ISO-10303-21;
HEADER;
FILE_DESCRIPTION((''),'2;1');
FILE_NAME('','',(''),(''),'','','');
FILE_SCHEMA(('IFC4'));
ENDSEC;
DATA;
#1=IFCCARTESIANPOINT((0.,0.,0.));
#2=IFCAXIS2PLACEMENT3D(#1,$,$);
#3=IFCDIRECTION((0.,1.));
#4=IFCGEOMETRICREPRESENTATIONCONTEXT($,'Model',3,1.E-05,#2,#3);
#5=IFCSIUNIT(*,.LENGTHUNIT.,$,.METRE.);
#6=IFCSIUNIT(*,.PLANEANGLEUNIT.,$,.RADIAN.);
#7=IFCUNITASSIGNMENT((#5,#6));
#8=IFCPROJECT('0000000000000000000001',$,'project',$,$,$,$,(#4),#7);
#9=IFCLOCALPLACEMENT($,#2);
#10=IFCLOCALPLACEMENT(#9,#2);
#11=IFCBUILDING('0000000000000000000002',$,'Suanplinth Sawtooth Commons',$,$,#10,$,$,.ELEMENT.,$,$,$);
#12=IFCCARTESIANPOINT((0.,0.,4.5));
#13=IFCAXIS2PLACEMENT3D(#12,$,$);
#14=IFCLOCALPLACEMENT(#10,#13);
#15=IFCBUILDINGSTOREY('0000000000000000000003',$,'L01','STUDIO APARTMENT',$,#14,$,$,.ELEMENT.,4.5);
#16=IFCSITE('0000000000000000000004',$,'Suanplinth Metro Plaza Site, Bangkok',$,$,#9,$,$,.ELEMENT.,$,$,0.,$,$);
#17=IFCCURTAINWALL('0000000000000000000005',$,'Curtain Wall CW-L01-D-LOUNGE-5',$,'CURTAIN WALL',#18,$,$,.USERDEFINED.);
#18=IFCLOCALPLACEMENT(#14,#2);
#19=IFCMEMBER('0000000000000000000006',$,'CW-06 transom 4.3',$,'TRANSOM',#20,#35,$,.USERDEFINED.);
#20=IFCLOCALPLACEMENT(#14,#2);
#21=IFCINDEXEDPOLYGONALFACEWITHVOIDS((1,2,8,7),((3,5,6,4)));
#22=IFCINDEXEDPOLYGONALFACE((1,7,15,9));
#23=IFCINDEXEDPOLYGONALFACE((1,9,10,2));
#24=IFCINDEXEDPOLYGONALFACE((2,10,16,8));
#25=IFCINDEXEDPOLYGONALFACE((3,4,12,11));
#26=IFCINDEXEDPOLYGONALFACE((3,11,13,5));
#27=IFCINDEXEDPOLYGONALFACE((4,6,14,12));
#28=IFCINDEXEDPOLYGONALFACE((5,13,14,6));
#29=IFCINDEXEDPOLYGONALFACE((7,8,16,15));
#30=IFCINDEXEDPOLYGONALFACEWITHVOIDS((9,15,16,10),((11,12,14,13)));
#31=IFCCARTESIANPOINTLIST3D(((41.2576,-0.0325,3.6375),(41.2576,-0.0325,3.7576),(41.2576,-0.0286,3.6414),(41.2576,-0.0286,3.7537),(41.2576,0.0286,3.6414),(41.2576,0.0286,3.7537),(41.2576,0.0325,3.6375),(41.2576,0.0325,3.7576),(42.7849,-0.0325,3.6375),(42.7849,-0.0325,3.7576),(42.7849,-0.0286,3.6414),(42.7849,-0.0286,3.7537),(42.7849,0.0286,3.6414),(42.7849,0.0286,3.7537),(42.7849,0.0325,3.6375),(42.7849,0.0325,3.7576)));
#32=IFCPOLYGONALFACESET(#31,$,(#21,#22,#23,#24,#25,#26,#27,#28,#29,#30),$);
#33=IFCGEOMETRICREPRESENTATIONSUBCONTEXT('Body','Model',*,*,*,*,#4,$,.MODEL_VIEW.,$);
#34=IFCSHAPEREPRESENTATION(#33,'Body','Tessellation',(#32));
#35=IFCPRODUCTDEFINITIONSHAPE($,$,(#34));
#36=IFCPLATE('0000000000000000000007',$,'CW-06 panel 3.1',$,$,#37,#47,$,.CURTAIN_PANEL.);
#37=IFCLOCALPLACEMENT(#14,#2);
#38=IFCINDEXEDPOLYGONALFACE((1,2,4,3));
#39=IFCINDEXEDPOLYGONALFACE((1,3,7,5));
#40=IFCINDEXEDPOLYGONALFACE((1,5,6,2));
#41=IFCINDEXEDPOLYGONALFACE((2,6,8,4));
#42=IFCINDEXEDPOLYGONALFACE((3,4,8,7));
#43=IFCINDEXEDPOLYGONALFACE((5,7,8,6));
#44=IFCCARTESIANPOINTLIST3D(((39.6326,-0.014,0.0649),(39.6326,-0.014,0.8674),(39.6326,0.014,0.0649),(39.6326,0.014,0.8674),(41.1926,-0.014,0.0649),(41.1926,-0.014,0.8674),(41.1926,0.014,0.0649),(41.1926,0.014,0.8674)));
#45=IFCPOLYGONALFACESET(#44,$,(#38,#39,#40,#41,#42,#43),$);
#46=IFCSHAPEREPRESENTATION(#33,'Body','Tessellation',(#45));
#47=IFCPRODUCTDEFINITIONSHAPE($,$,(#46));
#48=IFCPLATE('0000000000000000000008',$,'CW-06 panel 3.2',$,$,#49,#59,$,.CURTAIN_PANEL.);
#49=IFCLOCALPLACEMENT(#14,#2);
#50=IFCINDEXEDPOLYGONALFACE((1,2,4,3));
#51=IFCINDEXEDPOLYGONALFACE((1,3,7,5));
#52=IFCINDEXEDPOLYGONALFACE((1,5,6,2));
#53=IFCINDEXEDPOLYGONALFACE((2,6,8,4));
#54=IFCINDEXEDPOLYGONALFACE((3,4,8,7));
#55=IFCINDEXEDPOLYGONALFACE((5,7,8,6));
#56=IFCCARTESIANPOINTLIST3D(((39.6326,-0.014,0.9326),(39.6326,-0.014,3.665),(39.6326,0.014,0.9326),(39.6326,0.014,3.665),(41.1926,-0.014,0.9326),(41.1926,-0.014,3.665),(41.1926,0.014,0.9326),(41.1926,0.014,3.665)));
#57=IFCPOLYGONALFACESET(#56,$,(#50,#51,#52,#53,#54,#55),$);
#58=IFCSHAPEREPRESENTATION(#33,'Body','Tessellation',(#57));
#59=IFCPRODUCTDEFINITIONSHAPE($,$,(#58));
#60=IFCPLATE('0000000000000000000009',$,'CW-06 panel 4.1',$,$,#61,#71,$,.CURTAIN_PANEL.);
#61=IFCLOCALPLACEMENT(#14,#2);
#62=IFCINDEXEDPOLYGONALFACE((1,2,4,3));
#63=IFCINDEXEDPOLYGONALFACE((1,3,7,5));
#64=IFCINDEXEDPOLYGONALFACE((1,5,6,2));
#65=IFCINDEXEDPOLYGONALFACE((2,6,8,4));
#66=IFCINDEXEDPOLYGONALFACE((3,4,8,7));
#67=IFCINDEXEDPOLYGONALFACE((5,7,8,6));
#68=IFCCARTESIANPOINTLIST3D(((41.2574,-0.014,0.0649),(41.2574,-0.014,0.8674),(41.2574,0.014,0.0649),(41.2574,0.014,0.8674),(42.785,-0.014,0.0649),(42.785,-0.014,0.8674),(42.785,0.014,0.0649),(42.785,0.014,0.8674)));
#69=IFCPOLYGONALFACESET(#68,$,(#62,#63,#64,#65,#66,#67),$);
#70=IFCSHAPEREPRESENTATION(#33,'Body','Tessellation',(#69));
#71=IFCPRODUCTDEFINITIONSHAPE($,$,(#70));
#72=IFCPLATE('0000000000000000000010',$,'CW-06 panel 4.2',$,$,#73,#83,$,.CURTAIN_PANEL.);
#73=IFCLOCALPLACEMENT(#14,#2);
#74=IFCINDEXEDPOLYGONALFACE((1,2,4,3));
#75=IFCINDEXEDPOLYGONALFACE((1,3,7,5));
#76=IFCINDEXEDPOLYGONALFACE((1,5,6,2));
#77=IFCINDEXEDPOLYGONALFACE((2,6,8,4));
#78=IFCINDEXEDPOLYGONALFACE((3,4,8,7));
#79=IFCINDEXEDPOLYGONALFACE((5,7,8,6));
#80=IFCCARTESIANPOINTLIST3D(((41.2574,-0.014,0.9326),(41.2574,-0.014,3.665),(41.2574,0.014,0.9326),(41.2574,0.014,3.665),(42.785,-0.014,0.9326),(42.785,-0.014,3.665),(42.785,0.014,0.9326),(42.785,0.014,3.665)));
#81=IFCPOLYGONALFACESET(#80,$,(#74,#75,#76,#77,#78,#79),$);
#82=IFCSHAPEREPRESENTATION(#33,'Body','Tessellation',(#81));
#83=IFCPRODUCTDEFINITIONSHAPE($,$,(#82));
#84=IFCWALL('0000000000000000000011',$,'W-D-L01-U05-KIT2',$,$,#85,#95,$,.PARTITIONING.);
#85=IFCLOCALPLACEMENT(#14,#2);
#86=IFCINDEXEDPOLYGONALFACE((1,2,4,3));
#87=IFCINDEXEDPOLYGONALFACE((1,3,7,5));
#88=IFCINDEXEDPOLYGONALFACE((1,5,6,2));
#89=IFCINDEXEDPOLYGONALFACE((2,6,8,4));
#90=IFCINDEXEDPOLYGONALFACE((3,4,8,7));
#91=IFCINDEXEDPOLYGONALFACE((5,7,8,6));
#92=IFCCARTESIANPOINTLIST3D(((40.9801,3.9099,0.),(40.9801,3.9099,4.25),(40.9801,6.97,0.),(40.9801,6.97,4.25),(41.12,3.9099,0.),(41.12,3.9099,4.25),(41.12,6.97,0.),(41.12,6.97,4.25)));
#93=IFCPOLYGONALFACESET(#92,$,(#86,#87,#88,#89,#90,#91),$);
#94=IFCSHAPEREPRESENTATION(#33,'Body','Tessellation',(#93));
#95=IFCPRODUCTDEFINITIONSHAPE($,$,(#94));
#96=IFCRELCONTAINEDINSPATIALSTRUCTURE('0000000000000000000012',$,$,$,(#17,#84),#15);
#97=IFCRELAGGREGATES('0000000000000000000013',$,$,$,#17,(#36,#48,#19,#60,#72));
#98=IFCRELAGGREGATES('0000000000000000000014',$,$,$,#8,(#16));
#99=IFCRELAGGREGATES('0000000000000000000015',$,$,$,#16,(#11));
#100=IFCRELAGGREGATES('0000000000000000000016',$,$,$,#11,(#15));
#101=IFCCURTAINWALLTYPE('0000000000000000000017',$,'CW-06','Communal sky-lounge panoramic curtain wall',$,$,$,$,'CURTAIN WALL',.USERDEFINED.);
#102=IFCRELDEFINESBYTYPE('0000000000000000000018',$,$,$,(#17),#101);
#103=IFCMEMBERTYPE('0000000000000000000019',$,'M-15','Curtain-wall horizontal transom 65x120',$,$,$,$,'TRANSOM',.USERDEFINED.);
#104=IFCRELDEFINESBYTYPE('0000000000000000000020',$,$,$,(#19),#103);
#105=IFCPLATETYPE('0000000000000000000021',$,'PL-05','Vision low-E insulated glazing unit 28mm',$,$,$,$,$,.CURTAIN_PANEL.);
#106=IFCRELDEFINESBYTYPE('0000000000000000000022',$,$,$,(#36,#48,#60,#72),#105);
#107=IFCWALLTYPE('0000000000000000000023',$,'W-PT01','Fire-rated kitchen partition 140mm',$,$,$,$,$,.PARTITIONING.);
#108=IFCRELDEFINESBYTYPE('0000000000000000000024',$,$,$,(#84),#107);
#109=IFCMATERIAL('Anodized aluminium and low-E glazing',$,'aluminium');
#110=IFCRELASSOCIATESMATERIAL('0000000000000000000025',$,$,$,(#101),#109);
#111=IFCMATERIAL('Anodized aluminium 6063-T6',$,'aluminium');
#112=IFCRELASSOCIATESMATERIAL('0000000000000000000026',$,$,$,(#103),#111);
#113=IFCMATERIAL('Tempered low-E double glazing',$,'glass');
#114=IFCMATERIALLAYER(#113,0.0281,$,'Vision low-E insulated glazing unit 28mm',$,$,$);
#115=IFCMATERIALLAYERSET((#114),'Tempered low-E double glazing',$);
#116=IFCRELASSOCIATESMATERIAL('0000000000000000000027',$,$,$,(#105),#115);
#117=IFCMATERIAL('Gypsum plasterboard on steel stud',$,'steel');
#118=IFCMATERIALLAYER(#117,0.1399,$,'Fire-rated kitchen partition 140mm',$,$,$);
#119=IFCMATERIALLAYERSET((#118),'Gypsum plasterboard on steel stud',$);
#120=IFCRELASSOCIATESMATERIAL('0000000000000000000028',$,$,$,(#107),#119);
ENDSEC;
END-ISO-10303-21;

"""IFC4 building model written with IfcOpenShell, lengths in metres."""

from ifc_helpers import new_model, si_unit, direction, frame, frame_2d, origin, origin_2d, place, context, subcontext, project, spatial, rectangle, hollow_rectangle, extrude, material, layer, layer_set, material_profile, profile_set, type_object, element, aggregate, save


model = new_model("IFC4")

# Units and contexts
model_context = context("Model", 3, precision=1e-05, world=origin(), true_north=direction((0.0, 1.0)))
body_context = subcontext(model_context, "Body", "Model", "MODEL_VIEW")
ifc_project = project(units=[si_unit("LENGTHUNIT", "METRE"), si_unit("PLANEANGLEUNIT", "RADIAN")], contexts=[model_context])

# Site, building, storey
site_placement = place(None, origin())
site = spatial("IfcSite", under=ifc_project, at=site_placement, Name="Suanplinth Metro Plaza Site, Bangkok", CompositionType="ELEMENT", RefElevation=0.0)
building_placement = place(site_placement, origin())
building = spatial("IfcBuilding", under=site, at=building_placement, Name="Suanplinth Sawtooth Commons", CompositionType="ELEMENT")
storey_placement = place(building_placement, frame((0.0, 0.0, 4.5)))
storey = spatial("IfcBuildingStorey", under=building, at=storey_placement, Name="L01", Description="STUDIO APARTMENT", CompositionType="ELEMENT", Elevation=4.5)

# Curtain wall, member, plates
ifc_material_1 = material(Name="Anodized aluminium and low-E glazing", Category="aluminium")
curtain_wall_type = type_object("IfcCurtainWallType", Name="CW-06", Description="Communal sky-lounge panoramic curtain wall", ElementType="CURTAIN WALL", PredefinedType="USERDEFINED", material=ifc_material_1)
curtain_wall_placement = place(storey_placement, origin())
curtain_wall = element("IfcCurtainWall", 1, at=curtain_wall_placement, inside=storey, type_object=curtain_wall_type, Name="Curtain Wall CW-L01-D-LOUNGE-5", ObjectType="CURTAIN WALL", PredefinedType="USERDEFINED")
ifc_material_2 = material(Name="Anodized aluminium 6063-T6", Category="aluminium")
ifc_material_profile_1 = material_profile(ifc_material_2, hollow_rectangle(XDim=0.0649, YDim=0.1201, WallThickness=0.0039, at=origin_2d()), Name="ALU-TRN 65x120")
ifc_profile_set_1 = profile_set([ifc_material_profile_1], Name="Anodized aluminium 6063-T6")
member_type_1 = type_object("IfcMemberType", Name="M-15", Description="Curtain-wall horizontal transom 65x120", ElementType="TRANSOM", PredefinedType="USERDEFINED", material=ifc_profile_set_1)
member_1_placement = place(storey_placement, frame((41.2576, 0.0, 3.6975), z_axis=(1.0, 0.0, 0.0), x_axis=(0.0, 1.0, 0.0)))
member_1 = element("IfcMember", 2, at=member_1_placement, type_object=member_type_1, Name="CW-06 transom 4.3", ObjectType="TRANSOM", PredefinedType="USERDEFINED", context=body_context, shape_type="SweptSolid", body=[
    extrude(hollow_rectangle(XDim=0.0649, YDim=0.1201, WallThickness=0.0039, at=origin_2d()), origin(), (0.0, 0.0, 1.0), 1.5273),
])
ifc_material_3 = material(Name="Tempered low-E double glazing", Category="glass")
ifc_layer_1 = layer(ifc_material_3, 0.0281, Name="Vision low-E insulated glazing unit 28mm")
ifc_layer_set_1 = layer_set([ifc_layer_1], Name="Tempered low-E double glazing")
plate_type = type_object("IfcPlateType", Name="PL-05", Description="Vision low-E insulated glazing unit 28mm", PredefinedType="CURTAIN_PANEL", material=ifc_layer_set_1)
plate_1_placement = place(storey_placement, frame((40.4126, 0.0, 0.0649), z_axis=(0.0, 0.0, 1.0), x_axis=(1.0, 0.0, 0.0)))
plate_1 = element("IfcPlate", 3, at=plate_1_placement, type_object=plate_type, Name="CW-06 panel 3.1", PredefinedType="CURTAIN_PANEL", context=body_context, shape_type="SweptSolid", body=[
    extrude(rectangle(XDim=1.5601, YDim=0.0281, at=origin_2d()), origin(), (0.0, 0.0, 1.0), 0.8025),
])
plate_2_placement = place(storey_placement, frame((40.4126, 0.0, 0.9326), z_axis=(0.0, 0.0, 1.0), x_axis=(1.0, 0.0, 0.0)))
plate_2 = element("IfcPlate", 4, at=plate_2_placement, type_object=plate_type, Name="CW-06 panel 3.2", PredefinedType="CURTAIN_PANEL", context=body_context, shape_type="SweptSolid", body=[
    extrude(rectangle(XDim=1.5601, YDim=0.0281, at=origin_2d()), origin(), (0.0, 0.0, 1.0), 2.7324),
])
plate_3_placement = place(storey_placement, frame((42.0212, 0.0, 0.0649), z_axis=(0.0, 0.0, 1.0), x_axis=(1.0, 0.0, 0.0)))
plate_3 = element("IfcPlate", 5, at=plate_3_placement, type_object=plate_type, Name="CW-06 panel 4.1", PredefinedType="CURTAIN_PANEL", context=body_context, shape_type="SweptSolid", body=[
    extrude(rectangle(XDim=1.5276, YDim=0.0281, at=origin_2d()), origin(), (0.0, 0.0, 1.0), 0.8025),
])
plate_4_placement = place(storey_placement, frame((42.0212, 0.0, 0.9326), z_axis=(0.0, 0.0, 1.0), x_axis=(1.0, 0.0, 0.0)))
plate_4 = element("IfcPlate", 6, at=plate_4_placement, type_object=plate_type, Name="CW-06 panel 4.2", PredefinedType="CURTAIN_PANEL", context=body_context, shape_type="SweptSolid", body=[
    extrude(rectangle(XDim=1.5276, YDim=0.0281, at=origin_2d()), origin(), (0.0, 0.0, 1.0), 2.7324),
])
aggregate(curtain_wall, [plate_1, plate_2, member_1, plate_3, plate_4])

# Wall
ifc_material_4 = material(Name="Gypsum plasterboard on steel stud", Category="steel")
ifc_layer_2 = layer(ifc_material_4, 0.1399, Name="Fire-rated kitchen partition 140mm")
ifc_layer_set_2 = layer_set([ifc_layer_2], Name="Gypsum plasterboard on steel stud")
wall_type_1 = type_object("IfcWallType", Name="W-PT01", Description="Fire-rated kitchen partition 140mm", PredefinedType="PARTITIONING", material=ifc_layer_set_2)
wall_1_placement = place(storey_placement, frame((41.05, 3.9099, 0.0), z_axis=(0.0, 0.0, 1.0), x_axis=(0.0, 1.0, 0.0)))
element("IfcWall", 7, at=wall_1_placement, inside=storey, type_object=wall_type_1, Name="W-D-L01-U05-KIT2", PredefinedType="PARTITIONING", context=body_context, shape_type="SweptSolid", body=[
    extrude(rectangle(XDim=3.0601, YDim=0.1399, at=frame_2d((1.53, 0.0))), origin(), (0.0, 0.0, 1.0), 4.25),
])

save(model, "model.ifc")
